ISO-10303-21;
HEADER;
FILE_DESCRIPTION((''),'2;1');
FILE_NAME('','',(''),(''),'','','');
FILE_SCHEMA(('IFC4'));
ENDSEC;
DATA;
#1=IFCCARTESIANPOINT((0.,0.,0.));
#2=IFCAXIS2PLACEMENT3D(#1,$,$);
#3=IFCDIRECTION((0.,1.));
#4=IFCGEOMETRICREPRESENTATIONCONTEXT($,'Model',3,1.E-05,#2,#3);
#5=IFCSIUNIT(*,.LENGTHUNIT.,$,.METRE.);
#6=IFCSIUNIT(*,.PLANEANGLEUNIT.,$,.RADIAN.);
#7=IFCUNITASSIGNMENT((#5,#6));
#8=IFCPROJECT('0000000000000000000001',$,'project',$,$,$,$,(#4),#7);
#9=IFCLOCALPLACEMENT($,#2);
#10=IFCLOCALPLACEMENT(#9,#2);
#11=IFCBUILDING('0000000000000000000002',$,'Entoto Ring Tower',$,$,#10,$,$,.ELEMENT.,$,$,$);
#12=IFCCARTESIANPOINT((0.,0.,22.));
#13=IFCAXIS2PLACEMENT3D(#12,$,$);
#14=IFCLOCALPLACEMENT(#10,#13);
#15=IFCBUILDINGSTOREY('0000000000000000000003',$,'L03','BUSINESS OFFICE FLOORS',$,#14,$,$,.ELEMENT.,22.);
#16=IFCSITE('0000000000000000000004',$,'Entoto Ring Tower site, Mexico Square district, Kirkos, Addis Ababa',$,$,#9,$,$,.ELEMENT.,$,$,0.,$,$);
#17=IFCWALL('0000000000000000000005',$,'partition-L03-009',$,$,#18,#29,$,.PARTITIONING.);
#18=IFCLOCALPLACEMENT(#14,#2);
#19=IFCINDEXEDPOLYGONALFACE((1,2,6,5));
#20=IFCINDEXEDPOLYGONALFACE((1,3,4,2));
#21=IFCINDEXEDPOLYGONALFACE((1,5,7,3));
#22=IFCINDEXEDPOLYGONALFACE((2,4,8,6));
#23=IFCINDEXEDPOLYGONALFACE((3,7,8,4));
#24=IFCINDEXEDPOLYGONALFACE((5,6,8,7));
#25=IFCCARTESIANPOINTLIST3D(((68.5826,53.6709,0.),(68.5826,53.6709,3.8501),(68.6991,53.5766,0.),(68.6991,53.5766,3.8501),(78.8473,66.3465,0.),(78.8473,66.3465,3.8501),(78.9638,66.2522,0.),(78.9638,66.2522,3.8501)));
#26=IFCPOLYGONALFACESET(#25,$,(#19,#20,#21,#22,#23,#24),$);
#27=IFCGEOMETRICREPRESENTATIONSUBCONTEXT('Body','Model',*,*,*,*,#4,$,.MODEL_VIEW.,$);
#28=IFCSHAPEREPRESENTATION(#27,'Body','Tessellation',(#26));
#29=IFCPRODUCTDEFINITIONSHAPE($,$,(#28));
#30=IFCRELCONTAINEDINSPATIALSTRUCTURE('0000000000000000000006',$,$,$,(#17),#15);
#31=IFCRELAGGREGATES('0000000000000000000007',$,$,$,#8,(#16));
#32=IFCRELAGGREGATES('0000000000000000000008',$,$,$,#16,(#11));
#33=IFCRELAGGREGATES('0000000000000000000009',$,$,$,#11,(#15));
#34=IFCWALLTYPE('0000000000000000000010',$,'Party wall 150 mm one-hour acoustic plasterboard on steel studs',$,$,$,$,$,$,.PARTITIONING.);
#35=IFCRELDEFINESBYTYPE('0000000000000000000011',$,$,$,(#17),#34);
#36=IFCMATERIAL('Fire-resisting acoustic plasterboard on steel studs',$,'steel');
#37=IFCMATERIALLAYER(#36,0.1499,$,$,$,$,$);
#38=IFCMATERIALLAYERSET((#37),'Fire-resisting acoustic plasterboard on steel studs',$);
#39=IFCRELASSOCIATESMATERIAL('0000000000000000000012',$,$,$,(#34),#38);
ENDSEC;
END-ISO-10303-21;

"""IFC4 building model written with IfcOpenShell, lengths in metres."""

from ifc_helpers import new_model, si_unit, direction, frame, frame_2d, origin, place, context, subcontext, project, spatial, rectangle, extrude, material, layer, layer_set, type_object, element, save


model = new_model("IFC4")

# Units and contexts
model_context = context("Model", 3, precision=1e-05, world=origin(), true_north=direction((0.0, 1.0)))
body_context = subcontext(model_context, "Body", "Model", "MODEL_VIEW")
ifc_project = project(units=[si_unit("LENGTHUNIT", "METRE"), si_unit("PLANEANGLEUNIT", "RADIAN")], contexts=[model_context])

# Site, building, storey
site_placement = place(None, origin())
site = spatial("IfcSite", under=ifc_project, at=site_placement, Name="Entoto Ring Tower site, Mexico Square district, Kirkos, Addis Ababa", CompositionType="ELEMENT", RefElevation=0.0)
building_placement = place(site_placement, origin())
building = spatial("IfcBuilding", under=site, at=building_placement, Name="Entoto Ring Tower", CompositionType="ELEMENT")
storey_placement = place(building_placement, frame((0.0, 0.0, 22.0)))
storey = spatial("IfcBuildingStorey", under=building, at=storey_placement, Name="L03", Description="BUSINESS OFFICE FLOORS", CompositionType="ELEMENT", Elevation=22.0)

# Wall
ifc_material_1 = material(Name="Fire-resisting acoustic plasterboard on steel studs", Category="steel")
ifc_layer_1 = layer(ifc_material_1, 0.1499)
ifc_layer_set_1 = layer_set([ifc_layer_1], Name="Fire-resisting acoustic plasterboard on steel studs")
wall_type_1 = type_object("IfcWallType", Name="Party wall 150 mm one-hour acoustic plasterboard on steel studs", PredefinedType="PARTITIONING", material=ifc_layer_set_1)
wall_1_placement = place(storey_placement, frame((68.6409, 53.6238, 0.0), z_axis=(0.0, 0.0, 1.0), x_axis=(0.629328, 0.77714, 0.0)))
element("IfcWall", 1, at=wall_1_placement, inside=storey, type_object=wall_type_1, Name="partition-L03-009", PredefinedType="PARTITIONING", context=body_context, shape_type="SweptSolid", body=[
    extrude(rectangle(XDim=16.3105, YDim=0.1499, at=frame_2d((8.1553, 0.0))), origin(), (0.0, 0.0, 1.0), 3.8501),
])

save(model, "model.ifc")
